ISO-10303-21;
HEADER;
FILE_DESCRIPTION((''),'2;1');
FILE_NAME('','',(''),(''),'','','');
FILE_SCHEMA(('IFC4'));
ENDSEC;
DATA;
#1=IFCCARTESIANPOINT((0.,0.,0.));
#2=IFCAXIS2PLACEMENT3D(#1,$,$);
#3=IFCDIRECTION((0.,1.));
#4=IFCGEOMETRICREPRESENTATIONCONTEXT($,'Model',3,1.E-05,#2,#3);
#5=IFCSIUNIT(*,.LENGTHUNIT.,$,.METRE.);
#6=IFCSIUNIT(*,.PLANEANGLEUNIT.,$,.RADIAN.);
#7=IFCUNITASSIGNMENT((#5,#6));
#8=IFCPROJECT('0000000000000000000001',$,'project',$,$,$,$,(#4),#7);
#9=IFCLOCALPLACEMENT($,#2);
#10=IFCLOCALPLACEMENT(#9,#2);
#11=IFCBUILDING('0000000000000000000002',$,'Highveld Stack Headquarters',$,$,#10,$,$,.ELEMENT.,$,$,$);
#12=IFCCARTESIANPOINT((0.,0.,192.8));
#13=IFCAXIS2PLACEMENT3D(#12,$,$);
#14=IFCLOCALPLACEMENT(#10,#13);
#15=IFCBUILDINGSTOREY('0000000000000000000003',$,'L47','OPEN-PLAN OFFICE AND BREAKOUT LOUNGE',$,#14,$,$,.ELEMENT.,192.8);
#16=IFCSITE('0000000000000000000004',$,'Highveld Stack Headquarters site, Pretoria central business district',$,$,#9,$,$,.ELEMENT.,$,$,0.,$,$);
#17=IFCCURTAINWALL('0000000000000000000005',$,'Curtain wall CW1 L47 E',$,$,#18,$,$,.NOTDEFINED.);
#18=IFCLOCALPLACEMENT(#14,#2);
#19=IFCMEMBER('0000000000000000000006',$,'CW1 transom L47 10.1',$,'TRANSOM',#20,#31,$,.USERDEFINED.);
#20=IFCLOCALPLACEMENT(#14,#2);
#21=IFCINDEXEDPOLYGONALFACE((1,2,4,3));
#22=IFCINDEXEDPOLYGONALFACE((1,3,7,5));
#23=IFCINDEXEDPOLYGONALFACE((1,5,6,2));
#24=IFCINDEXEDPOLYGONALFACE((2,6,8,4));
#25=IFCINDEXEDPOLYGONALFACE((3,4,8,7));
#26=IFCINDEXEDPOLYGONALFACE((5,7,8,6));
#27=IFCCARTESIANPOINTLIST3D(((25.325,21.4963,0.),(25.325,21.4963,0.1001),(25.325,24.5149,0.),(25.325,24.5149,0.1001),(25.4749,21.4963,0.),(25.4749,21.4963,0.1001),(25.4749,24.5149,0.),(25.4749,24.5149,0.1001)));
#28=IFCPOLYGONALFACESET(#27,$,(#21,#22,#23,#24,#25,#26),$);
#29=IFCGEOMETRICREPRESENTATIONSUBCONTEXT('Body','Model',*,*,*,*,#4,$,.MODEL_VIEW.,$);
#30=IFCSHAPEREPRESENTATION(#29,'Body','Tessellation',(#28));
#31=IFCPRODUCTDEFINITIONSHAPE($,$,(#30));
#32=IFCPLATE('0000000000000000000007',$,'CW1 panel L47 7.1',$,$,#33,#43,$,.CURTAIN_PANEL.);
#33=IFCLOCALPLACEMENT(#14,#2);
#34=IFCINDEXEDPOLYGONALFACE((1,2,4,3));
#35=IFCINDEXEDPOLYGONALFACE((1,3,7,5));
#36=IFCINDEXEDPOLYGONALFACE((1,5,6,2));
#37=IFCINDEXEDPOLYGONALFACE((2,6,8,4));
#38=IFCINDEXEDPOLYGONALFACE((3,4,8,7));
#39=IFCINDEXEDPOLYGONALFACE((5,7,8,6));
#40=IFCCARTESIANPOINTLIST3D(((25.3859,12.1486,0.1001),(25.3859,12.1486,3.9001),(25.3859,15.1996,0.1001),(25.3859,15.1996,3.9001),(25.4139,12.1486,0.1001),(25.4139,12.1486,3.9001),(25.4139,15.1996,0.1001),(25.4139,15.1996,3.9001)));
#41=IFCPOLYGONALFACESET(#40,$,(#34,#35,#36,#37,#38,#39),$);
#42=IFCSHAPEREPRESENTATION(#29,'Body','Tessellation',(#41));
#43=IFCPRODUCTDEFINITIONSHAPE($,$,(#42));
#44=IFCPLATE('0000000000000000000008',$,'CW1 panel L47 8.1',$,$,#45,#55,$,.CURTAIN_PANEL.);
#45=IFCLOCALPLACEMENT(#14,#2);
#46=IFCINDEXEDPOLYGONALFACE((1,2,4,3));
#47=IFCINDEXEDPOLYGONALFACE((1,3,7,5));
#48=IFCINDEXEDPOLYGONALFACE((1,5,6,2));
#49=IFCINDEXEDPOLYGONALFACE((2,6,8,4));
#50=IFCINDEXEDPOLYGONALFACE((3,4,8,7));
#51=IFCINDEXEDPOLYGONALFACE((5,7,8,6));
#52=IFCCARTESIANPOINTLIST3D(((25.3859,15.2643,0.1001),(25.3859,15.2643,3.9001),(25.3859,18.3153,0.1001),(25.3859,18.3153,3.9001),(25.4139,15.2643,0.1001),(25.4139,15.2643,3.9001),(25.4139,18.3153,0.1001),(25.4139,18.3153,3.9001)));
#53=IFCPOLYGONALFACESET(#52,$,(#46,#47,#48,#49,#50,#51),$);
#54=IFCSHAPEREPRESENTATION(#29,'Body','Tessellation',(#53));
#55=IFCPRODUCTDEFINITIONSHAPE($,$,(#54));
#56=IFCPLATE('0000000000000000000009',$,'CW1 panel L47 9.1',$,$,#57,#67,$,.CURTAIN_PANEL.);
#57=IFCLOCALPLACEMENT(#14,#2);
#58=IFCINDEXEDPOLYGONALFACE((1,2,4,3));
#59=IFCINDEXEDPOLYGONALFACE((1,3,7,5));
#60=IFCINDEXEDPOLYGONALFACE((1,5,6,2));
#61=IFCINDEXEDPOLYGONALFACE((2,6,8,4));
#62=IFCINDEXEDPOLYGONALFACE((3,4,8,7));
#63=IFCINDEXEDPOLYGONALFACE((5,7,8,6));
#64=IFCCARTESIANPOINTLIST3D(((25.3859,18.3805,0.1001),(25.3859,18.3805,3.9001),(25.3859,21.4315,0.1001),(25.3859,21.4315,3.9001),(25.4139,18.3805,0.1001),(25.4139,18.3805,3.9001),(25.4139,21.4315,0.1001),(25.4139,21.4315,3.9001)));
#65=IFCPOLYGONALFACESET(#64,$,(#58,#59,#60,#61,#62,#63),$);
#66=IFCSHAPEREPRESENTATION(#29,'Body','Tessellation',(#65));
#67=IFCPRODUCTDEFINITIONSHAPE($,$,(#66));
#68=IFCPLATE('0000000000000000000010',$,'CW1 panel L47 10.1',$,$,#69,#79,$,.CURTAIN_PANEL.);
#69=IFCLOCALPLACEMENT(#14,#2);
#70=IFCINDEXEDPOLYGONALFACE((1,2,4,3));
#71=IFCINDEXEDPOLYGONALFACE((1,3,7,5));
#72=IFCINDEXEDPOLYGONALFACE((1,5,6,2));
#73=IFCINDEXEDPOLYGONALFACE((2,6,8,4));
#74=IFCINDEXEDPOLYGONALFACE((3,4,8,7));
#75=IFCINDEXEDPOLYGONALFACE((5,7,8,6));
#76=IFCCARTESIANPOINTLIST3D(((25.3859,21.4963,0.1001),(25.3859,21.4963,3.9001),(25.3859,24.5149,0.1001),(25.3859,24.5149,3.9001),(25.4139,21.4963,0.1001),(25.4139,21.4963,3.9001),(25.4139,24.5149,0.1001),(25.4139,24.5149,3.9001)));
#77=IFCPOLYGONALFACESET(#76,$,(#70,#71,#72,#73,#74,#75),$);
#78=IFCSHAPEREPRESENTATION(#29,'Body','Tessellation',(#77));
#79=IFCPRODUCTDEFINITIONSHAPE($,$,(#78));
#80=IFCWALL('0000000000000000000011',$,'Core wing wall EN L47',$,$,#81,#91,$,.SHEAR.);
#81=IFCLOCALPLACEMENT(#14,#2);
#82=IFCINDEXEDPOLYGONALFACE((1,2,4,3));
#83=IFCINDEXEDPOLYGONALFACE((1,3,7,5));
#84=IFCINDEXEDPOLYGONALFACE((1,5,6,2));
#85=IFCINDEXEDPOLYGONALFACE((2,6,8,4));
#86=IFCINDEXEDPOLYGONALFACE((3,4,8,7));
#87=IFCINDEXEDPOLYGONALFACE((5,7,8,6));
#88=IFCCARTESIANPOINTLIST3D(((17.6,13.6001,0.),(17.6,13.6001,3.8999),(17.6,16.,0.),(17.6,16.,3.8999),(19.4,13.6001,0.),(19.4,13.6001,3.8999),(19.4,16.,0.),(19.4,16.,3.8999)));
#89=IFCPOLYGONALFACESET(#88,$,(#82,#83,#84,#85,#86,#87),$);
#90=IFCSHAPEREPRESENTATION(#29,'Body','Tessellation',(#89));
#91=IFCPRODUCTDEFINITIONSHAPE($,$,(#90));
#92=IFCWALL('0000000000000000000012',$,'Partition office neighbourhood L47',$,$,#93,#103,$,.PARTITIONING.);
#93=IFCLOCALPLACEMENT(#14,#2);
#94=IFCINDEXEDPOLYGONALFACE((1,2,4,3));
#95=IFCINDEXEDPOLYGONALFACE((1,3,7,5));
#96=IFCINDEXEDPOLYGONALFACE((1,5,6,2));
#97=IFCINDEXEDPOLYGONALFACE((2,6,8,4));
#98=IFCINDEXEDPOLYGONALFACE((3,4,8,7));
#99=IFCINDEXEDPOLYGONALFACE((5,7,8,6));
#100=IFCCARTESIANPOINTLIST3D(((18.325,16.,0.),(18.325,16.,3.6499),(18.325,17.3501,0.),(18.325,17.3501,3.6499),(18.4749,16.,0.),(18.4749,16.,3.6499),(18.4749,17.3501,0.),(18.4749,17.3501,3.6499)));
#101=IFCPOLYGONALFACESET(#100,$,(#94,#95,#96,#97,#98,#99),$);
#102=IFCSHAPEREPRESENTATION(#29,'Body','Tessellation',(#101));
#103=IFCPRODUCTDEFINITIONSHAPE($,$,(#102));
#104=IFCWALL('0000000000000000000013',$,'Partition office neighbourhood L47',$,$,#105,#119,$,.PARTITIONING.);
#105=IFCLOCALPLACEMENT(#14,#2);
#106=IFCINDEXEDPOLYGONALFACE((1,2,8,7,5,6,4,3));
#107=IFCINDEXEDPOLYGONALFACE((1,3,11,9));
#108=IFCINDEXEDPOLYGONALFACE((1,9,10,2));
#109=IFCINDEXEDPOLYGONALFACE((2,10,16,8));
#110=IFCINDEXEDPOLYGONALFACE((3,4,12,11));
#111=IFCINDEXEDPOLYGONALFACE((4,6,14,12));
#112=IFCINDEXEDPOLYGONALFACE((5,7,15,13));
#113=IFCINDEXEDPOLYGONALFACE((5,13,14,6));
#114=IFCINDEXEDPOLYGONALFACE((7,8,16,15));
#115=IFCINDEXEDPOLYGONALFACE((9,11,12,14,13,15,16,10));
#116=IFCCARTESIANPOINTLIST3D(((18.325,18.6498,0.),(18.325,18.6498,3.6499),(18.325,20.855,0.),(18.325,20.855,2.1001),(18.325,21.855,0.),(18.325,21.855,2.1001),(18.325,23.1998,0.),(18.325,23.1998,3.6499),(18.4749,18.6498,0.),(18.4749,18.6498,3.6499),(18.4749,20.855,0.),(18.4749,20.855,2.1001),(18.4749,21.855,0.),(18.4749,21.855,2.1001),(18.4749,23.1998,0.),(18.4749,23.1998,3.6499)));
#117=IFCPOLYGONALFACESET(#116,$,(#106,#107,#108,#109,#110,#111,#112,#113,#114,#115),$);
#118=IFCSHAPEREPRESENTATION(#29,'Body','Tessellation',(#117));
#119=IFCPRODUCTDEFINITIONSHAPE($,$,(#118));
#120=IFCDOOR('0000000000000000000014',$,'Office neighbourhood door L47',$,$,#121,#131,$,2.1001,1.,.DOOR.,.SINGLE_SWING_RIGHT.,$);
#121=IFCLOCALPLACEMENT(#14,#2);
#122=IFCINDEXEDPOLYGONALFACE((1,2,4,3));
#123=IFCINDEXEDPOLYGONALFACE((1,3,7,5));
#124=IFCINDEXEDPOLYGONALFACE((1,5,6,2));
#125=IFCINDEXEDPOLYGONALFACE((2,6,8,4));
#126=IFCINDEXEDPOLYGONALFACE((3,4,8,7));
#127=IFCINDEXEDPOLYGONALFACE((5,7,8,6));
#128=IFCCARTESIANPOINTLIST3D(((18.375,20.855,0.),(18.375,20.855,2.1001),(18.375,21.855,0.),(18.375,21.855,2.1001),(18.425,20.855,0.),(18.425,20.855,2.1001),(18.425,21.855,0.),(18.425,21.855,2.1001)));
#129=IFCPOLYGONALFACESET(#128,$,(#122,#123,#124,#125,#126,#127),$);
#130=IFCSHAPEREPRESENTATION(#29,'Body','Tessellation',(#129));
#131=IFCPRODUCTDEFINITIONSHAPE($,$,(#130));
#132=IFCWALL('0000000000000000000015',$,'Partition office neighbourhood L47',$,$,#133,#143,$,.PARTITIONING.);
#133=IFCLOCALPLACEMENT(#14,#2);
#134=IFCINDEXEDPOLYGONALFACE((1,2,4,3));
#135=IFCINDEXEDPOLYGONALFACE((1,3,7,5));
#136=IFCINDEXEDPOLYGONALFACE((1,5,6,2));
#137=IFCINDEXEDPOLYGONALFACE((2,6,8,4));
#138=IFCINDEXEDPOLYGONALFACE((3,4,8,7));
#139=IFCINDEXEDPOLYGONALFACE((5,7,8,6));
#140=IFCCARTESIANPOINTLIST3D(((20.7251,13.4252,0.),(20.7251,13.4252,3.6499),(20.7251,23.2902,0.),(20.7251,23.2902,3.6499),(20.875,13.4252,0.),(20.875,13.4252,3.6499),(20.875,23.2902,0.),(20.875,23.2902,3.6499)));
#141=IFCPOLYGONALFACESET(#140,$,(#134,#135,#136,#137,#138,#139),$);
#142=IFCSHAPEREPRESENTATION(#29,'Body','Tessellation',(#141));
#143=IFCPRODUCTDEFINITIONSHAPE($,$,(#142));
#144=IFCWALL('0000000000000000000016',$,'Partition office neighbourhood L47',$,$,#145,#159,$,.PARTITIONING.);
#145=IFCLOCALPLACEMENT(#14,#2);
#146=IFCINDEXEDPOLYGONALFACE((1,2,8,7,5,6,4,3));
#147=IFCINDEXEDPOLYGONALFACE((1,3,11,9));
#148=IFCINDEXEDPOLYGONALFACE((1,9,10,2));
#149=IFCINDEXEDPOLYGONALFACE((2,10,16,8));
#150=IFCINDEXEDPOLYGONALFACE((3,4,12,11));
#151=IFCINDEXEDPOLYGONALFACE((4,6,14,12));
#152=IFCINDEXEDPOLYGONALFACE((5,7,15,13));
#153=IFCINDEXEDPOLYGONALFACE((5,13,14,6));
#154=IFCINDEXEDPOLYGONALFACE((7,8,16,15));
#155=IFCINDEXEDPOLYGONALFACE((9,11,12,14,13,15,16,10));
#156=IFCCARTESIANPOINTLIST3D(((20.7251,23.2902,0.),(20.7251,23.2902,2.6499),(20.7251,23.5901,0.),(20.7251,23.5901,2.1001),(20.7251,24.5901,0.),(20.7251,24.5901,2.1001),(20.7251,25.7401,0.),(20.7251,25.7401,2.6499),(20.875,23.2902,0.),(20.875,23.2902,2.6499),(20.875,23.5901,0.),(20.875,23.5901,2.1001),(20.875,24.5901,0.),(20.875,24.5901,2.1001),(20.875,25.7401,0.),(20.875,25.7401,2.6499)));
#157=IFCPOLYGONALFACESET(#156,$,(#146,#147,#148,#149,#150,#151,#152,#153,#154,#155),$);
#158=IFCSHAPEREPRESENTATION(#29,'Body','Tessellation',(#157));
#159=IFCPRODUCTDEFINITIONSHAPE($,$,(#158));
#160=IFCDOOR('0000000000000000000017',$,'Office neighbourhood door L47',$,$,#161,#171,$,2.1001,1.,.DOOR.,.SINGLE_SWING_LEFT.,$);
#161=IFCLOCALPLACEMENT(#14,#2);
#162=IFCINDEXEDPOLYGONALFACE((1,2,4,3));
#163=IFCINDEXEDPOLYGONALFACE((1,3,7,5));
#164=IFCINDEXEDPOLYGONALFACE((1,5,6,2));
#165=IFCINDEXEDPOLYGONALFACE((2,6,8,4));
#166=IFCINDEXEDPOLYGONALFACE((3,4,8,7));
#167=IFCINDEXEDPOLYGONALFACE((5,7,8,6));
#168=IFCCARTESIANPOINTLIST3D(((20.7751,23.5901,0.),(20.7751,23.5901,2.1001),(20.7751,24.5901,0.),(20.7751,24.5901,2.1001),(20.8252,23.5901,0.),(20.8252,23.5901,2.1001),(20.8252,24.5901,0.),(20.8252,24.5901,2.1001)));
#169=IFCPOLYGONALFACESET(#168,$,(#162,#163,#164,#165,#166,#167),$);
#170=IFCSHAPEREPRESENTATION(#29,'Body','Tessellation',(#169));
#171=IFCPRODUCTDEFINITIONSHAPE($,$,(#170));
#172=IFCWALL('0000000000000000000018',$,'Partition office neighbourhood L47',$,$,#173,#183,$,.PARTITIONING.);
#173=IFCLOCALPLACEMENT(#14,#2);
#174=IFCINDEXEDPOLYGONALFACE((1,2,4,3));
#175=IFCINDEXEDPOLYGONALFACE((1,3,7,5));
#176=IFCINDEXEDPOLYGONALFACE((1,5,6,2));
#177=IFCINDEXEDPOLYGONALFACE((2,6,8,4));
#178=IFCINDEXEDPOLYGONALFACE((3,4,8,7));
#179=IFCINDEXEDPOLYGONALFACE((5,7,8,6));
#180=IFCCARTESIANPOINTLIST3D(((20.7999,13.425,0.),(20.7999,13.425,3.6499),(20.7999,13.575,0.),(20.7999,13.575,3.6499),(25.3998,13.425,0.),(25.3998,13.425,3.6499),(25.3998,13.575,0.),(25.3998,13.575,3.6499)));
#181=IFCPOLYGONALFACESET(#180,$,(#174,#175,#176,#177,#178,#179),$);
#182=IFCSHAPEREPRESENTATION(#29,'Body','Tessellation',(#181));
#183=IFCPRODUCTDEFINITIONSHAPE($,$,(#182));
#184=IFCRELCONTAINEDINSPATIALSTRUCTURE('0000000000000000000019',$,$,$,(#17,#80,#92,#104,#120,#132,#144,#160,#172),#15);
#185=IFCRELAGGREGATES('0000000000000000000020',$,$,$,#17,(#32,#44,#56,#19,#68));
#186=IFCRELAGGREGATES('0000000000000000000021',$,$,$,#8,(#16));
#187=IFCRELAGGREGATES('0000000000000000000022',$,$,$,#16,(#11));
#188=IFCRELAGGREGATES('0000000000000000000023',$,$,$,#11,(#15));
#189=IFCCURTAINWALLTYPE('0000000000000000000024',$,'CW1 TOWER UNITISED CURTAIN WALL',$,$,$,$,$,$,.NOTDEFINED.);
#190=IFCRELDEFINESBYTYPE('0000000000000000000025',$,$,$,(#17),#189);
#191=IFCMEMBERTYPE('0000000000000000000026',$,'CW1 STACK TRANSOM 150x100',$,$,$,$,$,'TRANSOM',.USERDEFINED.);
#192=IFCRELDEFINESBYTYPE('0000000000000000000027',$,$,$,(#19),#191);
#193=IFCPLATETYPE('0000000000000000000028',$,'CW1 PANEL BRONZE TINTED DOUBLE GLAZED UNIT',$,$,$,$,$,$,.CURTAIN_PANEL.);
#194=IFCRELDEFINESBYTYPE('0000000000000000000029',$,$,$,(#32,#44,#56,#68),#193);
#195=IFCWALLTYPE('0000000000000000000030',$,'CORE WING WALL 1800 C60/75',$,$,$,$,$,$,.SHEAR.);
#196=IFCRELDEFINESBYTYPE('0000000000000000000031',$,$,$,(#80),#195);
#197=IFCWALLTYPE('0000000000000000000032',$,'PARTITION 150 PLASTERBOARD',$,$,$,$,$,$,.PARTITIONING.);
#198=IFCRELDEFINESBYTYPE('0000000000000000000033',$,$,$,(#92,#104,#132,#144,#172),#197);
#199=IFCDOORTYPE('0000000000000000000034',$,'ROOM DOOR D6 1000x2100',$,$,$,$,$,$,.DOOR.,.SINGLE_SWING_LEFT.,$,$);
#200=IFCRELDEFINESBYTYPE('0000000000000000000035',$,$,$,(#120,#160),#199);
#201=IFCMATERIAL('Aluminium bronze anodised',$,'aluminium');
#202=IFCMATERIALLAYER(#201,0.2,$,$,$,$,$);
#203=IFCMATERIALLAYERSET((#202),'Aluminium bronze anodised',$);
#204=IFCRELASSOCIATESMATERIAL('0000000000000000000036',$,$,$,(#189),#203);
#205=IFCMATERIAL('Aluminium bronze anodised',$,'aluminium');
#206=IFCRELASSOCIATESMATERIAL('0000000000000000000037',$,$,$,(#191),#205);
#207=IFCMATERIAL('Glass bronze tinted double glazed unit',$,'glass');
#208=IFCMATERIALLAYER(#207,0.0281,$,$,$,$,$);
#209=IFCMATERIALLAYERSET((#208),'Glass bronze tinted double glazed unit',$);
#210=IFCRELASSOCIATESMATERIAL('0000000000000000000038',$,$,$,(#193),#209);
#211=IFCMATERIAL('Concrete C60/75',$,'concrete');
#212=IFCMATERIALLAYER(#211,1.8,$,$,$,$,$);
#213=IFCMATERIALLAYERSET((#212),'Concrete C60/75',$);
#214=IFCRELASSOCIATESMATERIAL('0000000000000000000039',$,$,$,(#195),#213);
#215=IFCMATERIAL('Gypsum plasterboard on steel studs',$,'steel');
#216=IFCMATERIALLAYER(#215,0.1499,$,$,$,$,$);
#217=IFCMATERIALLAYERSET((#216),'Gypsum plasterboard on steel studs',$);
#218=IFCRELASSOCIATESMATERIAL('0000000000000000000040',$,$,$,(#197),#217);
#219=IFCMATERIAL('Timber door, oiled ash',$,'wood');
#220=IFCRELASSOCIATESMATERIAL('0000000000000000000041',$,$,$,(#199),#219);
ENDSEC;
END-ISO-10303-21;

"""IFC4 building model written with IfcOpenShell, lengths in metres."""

from ifc_helpers import new_model, si_unit, direction, frame, frame_2d, origin, origin_2d, place, context, subcontext, project, spatial, rectangle, extrude, material, layer, layer_set, material_profile, profile_set, type_object, element, fill, aggregate, save


model = new_model("IFC4")

# Units and contexts
model_context = context("Model", 3, precision=1e-05, world=origin(), true_north=direction((0.0, 1.0)))
body_context = subcontext(model_context, "Body", "Model", "MODEL_VIEW")
ifc_project = project(units=[si_unit("LENGTHUNIT", "METRE"), si_unit("PLANEANGLEUNIT", "RADIAN")], contexts=[model_context])

# Site, building, storey
site_placement = place(None, origin())
site = spatial("IfcSite", under=ifc_project, at=site_placement, Name="Highveld Stack Headquarters site, Pretoria central business district", CompositionType="ELEMENT", RefElevation=0.0)
building_placement = place(site_placement, origin())
building = spatial("IfcBuilding", under=site, at=building_placement, Name="Highveld Stack Headquarters", CompositionType="ELEMENT")
storey_placement = place(building_placement, frame((0.0, 0.0, 192.8)))
storey = spatial("IfcBuildingStorey", under=building, at=storey_placement, Name="L47", Description="OPEN-PLAN OFFICE AND BREAKOUT LOUNGE", CompositionType="ELEMENT", Elevation=192.8)

# Curtain wall, member, plates
ifc_material_1 = material(Name="Aluminium bronze anodised", Category="aluminium")
ifc_layer_1 = layer(ifc_material_1, 0.2)
ifc_layer_set_1 = layer_set([ifc_layer_1], Name="Aluminium bronze anodised")
curtain_wall_type = type_object("IfcCurtainWallType", Name="CW1 TOWER UNITISED CURTAIN WALL", PredefinedType="NOTDEFINED", material=ifc_layer_set_1)
curtain_wall_placement = place(storey_placement, origin())
curtain_wall = element("IfcCurtainWall", 1, at=curtain_wall_placement, inside=storey, type_object=curtain_wall_type, Name="Curtain wall CW1 L47 E", PredefinedType="NOTDEFINED")
ifc_material_2 = material(Name="Aluminium bronze anodised", Category="aluminium")
ifc_material_profile_1 = material_profile(ifc_material_2, rectangle(XDim=0.1499, YDim=0.1001, at=origin_2d()), Name="CW1 TRANSOM 150x100")
ifc_profile_set_1 = profile_set([ifc_material_profile_1], Name="Aluminium bronze anodised")
member_type_1 = type_object("IfcMemberType", Name="CW1 STACK TRANSOM 150x100", ElementType="TRANSOM", PredefinedType="USERDEFINED", material=ifc_profile_set_1)
member_1_placement = place(storey_placement, frame((25.3999, 21.4963, 0.05), z_axis=(0.0, 1.0, 0.0), x_axis=(-1.0, 0.0, 0.0)))
member_1 = element("IfcMember", 2, at=member_1_placement, type_object=member_type_1, Name="CW1 transom L47 10.1", ObjectType="TRANSOM", PredefinedType="USERDEFINED", context=body_context, shape_type="SweptSolid", body=[
    extrude(rectangle(XDim=0.1499, YDim=0.1001, at=origin_2d()), origin(), (0.0, 0.0, 1.0), 3.0186),
])
ifc_material_3 = material(Name="Glass bronze tinted double glazed unit", Category="glass")
ifc_layer_2 = layer(ifc_material_3, 0.0281)
ifc_layer_set_2 = layer_set([ifc_layer_2], Name="Glass bronze tinted double glazed unit")
plate_type = type_object("IfcPlateType", Name="CW1 PANEL BRONZE TINTED DOUBLE GLAZED UNIT", PredefinedType="CURTAIN_PANEL", material=ifc_layer_set_2)
plate_1_placement = place(storey_placement, frame((25.3999, 13.6741, 0.1001), z_axis=(0.0, 0.0, 1.0), x_axis=(0.0, 1.0, 0.0)))
plate_1 = element("IfcPlate", 3, at=plate_1_placement, type_object=plate_type, Name="CW1 panel L47 7.1", PredefinedType="CURTAIN_PANEL", context=body_context, shape_type="SweptSolid", body=[
    extrude(rectangle(XDim=3.051, YDim=0.0281, at=origin_2d()), origin(), (0.0, 0.0, 1.0), 3.8),
])
plate_2_placement = place(storey_placement, frame((25.3999, 16.7898, 0.1001), z_axis=(0.0, 0.0, 1.0), x_axis=(0.0, 1.0, 0.0)))
plate_2 = element("IfcPlate", 4, at=plate_2_placement, type_object=plate_type, Name="CW1 panel L47 8.1", PredefinedType="CURTAIN_PANEL", context=body_context, shape_type="SweptSolid", body=[
    extrude(rectangle(XDim=3.051, YDim=0.0281, at=origin_2d()), origin(), (0.0, 0.0, 1.0), 3.8),
])
plate_3_placement = place(storey_placement, frame((25.3999, 19.906, 0.1001), z_axis=(0.0, 0.0, 1.0), x_axis=(0.0, 1.0, 0.0)))
plate_3 = element("IfcPlate", 5, at=plate_3_placement, type_object=plate_type, Name="CW1 panel L47 9.1", PredefinedType="CURTAIN_PANEL", context=body_context, shape_type="SweptSolid", body=[
    extrude(rectangle(XDim=3.051, YDim=0.0281, at=origin_2d()), origin(), (0.0, 0.0, 1.0), 3.8),
])
plate_4_placement = place(storey_placement, frame((25.3999, 23.0056, 0.1001), z_axis=(0.0, 0.0, 1.0), x_axis=(0.0, 1.0, 0.0)))
plate_4 = element("IfcPlate", 6, at=plate_4_placement, type_object=plate_type, Name="CW1 panel L47 10.1", PredefinedType="CURTAIN_PANEL", context=body_context, shape_type="SweptSolid", body=[
    extrude(rectangle(XDim=3.0186, YDim=0.0281, at=origin_2d()), origin(), (0.0, 0.0, 1.0), 3.8),
])
aggregate(curtain_wall, [plate_1, plate_2, plate_3, member_1, plate_4])

# Walls
ifc_material_4 = material(Name="Concrete C60/75", Category="concrete")
ifc_layer_3 = layer(ifc_material_4, 1.8)
ifc_layer_set_3 = layer_set([ifc_layer_3], Name="Concrete C60/75")
wall_type_1 = type_object("IfcWallType", Name="CORE WING WALL 1800 C60/75", PredefinedType="SHEAR", material=ifc_layer_set_3)
wall_1_placement = place(storey_placement, frame((18.5, 13.6001, 0.0), z_axis=(0.0, 0.0, 1.0), x_axis=(0.0, 1.0, 0.0)))
element("IfcWall", 7, at=wall_1_placement, inside=storey, type_object=wall_type_1, Name="Core wing wall EN L47", PredefinedType="SHEAR", context=body_context, shape_type="SweptSolid", body=[
    extrude(rectangle(XDim=2.3999, YDim=1.8, at=frame_2d((1.2, 0.0))), origin(), (0.0, 0.0, 1.0), 3.8999),
])
ifc_material_5 = material(Name="Gypsum plasterboard on steel studs", Category="steel")
ifc_layer_4 = layer(ifc_material_5, 0.1499)
ifc_layer_set_4 = layer_set([ifc_layer_4], Name="Gypsum plasterboard on steel studs")
wall_type_2 = type_object("IfcWallType", Name="PARTITION 150 PLASTERBOARD", PredefinedType="PARTITIONING", material=ifc_layer_set_4)
wall_2_placement = place(storey_placement, frame((18.3999, 16.0, 0.0), z_axis=(0.0, 0.0, 1.0), x_axis=(0.0, 1.0, 0.0)))
element("IfcWall", 8, at=wall_2_placement, inside=storey, type_object=wall_type_2, Name="Partition office neighbourhood L47", PredefinedType="PARTITIONING", context=body_context, shape_type="SweptSolid", body=[
    extrude(rectangle(XDim=1.3501, YDim=0.1499, at=frame_2d((0.675, 0.0))), origin(), (0.0, 0.0, 1.0), 3.6499),
])

# Wall, opening, door
wall_3_placement = place(storey_placement, frame((18.3999, 18.6499, 0.0), z_axis=(0.0, 0.0, 1.0), x_axis=(0.0, 1.0, 0.0)))
wall_3 = element("IfcWall", 9, at=wall_3_placement, inside=storey, type_object=wall_type_2, Name="Partition office neighbourhood L47", PredefinedType="PARTITIONING", context=body_context, shape_type="SweptSolid", body=[
    extrude(rectangle(XDim=4.55, YDim=0.1499, at=frame_2d((2.2749, 0.0))), origin(), (0.0, 0.0, 1.0), 3.6499),
])
opening_1_placement = place(wall_3_placement, frame((2.2051, 0.0, 0.0)))
opening_1 = element("IfcOpeningElement", 10, at=opening_1_placement, cuts=wall_3, PredefinedType="OPENING", context=body_context, shape_type="SweptSolid", body=[
    extrude(rectangle(XDim=1.0, YDim=2.1001, at=frame_2d((0.5, 1.05))), frame((0.0, 0.085, 0.0), z_axis=(0.0, -1.0, 0.0), x_axis=(1.0, 0.0, 0.0)), (0.0, 0.0, 1.0), 0.1699),
])
ifc_material_6 = material(Name="Timber door, oiled ash", Category="wood")
door_type = type_object("IfcDoorType", Name="ROOM DOOR D6 1000x2100", OperationType="SINGLE_SWING_LEFT", PredefinedType="DOOR", material=ifc_material_6)
door_1_placement = place(opening_1_placement, origin())
door_1 = element("IfcDoor", 11, at=door_1_placement, inside=storey, type_object=door_type, Name="Office neighbourhood door L47", OperationType="SINGLE_SWING_RIGHT", OverallHeight=2.1001, OverallWidth=1.0, PredefinedType="DOOR", context=body_context, shape_type="SweptSolid", body=[
    extrude(rectangle(XDim=1.0, YDim=2.1001, at=frame_2d((0.5, 1.05))), frame((0.0, 0.0249, 0.0), z_axis=(0.0, -1.0, 0.0), x_axis=(1.0, 0.0, 0.0)), (0.0, 0.0, 1.0), 0.05),
])
fill(opening_1, door_1)

# Wall
wall_4_placement = place(storey_placement, frame((20.8, 13.425, 0.0), z_axis=(0.0, 0.0, 1.0), x_axis=(0.0, 1.0, 0.0)))
element("IfcWall", 12, at=wall_4_placement, inside=storey, type_object=wall_type_2, Name="Partition office neighbourhood L47", PredefinedType="PARTITIONING", context=body_context, shape_type="SweptSolid", body=[
    extrude(rectangle(XDim=9.865, YDim=0.1499, at=frame_2d((4.9326, 0.0))), origin(), (0.0, 0.0, 1.0), 3.6499),
])

# Wall, opening, door
wall_5_placement = place(storey_placement, frame((20.8, 23.29, 0.0), z_axis=(0.0, 0.0, 1.0), x_axis=(0.0, 1.0, 0.0)))
wall_5 = element("IfcWall", 13, at=wall_5_placement, inside=storey, type_object=wall_type_2, Name="Partition office neighbourhood L47", PredefinedType="PARTITIONING", context=body_context, shape_type="SweptSolid", body=[
    extrude(rectangle(XDim=2.45, YDim=0.1499, at=frame_2d((1.2251, 0.0))), origin(), (0.0, 0.0, 1.0), 2.6499),
])
opening_2_placement = place(wall_5_placement, frame((0.3, 0.0, 0.0)))
opening_2 = element("IfcOpeningElement", 14, at=opening_2_placement, cuts=wall_5, PredefinedType="OPENING", context=body_context, shape_type="SweptSolid", body=[
    extrude(rectangle(XDim=1.0, YDim=2.1001, at=frame_2d((0.5, 1.05))), frame((0.0, 0.085, 0.0), z_axis=(0.0, -1.0, 0.0), x_axis=(1.0, 0.0, 0.0)), (0.0, 0.0, 1.0), 0.1699),
])
door_2_placement = place(opening_2_placement, origin())
door_2 = element("IfcDoor", 15, at=door_2_placement, inside=storey, type_object=door_type, Name="Office neighbourhood door L47", OperationType="SINGLE_SWING_LEFT", OverallHeight=2.1001, OverallWidth=1.0, PredefinedType="DOOR", context=body_context, shape_type="SweptSolid", body=[
    extrude(rectangle(XDim=1.0, YDim=2.1001, at=frame_2d((0.5, 1.05))), frame((0.0, 0.0249, 0.0), z_axis=(0.0, -1.0, 0.0), x_axis=(1.0, 0.0, 0.0)), (0.0, 0.0, 1.0), 0.05),
])
fill(opening_2, door_2)

# Wall
wall_6_placement = place(storey_placement, frame((20.8, 13.5, 0.0), z_axis=(0.0, 0.0, 1.0), x_axis=(1.0, 0.0, 0.0)))
element("IfcWall", 16, at=wall_6_placement, inside=storey, type_object=wall_type_2, Name="Partition office neighbourhood L47", PredefinedType="PARTITIONING", context=body_context, shape_type="SweptSolid", body=[
    extrude(rectangle(XDim=4.5999, YDim=0.1499, at=frame_2d((2.2998, 0.0))), origin(), (0.0, 0.0, 1.0), 3.6499),
])

save(model, "model.ifc")
